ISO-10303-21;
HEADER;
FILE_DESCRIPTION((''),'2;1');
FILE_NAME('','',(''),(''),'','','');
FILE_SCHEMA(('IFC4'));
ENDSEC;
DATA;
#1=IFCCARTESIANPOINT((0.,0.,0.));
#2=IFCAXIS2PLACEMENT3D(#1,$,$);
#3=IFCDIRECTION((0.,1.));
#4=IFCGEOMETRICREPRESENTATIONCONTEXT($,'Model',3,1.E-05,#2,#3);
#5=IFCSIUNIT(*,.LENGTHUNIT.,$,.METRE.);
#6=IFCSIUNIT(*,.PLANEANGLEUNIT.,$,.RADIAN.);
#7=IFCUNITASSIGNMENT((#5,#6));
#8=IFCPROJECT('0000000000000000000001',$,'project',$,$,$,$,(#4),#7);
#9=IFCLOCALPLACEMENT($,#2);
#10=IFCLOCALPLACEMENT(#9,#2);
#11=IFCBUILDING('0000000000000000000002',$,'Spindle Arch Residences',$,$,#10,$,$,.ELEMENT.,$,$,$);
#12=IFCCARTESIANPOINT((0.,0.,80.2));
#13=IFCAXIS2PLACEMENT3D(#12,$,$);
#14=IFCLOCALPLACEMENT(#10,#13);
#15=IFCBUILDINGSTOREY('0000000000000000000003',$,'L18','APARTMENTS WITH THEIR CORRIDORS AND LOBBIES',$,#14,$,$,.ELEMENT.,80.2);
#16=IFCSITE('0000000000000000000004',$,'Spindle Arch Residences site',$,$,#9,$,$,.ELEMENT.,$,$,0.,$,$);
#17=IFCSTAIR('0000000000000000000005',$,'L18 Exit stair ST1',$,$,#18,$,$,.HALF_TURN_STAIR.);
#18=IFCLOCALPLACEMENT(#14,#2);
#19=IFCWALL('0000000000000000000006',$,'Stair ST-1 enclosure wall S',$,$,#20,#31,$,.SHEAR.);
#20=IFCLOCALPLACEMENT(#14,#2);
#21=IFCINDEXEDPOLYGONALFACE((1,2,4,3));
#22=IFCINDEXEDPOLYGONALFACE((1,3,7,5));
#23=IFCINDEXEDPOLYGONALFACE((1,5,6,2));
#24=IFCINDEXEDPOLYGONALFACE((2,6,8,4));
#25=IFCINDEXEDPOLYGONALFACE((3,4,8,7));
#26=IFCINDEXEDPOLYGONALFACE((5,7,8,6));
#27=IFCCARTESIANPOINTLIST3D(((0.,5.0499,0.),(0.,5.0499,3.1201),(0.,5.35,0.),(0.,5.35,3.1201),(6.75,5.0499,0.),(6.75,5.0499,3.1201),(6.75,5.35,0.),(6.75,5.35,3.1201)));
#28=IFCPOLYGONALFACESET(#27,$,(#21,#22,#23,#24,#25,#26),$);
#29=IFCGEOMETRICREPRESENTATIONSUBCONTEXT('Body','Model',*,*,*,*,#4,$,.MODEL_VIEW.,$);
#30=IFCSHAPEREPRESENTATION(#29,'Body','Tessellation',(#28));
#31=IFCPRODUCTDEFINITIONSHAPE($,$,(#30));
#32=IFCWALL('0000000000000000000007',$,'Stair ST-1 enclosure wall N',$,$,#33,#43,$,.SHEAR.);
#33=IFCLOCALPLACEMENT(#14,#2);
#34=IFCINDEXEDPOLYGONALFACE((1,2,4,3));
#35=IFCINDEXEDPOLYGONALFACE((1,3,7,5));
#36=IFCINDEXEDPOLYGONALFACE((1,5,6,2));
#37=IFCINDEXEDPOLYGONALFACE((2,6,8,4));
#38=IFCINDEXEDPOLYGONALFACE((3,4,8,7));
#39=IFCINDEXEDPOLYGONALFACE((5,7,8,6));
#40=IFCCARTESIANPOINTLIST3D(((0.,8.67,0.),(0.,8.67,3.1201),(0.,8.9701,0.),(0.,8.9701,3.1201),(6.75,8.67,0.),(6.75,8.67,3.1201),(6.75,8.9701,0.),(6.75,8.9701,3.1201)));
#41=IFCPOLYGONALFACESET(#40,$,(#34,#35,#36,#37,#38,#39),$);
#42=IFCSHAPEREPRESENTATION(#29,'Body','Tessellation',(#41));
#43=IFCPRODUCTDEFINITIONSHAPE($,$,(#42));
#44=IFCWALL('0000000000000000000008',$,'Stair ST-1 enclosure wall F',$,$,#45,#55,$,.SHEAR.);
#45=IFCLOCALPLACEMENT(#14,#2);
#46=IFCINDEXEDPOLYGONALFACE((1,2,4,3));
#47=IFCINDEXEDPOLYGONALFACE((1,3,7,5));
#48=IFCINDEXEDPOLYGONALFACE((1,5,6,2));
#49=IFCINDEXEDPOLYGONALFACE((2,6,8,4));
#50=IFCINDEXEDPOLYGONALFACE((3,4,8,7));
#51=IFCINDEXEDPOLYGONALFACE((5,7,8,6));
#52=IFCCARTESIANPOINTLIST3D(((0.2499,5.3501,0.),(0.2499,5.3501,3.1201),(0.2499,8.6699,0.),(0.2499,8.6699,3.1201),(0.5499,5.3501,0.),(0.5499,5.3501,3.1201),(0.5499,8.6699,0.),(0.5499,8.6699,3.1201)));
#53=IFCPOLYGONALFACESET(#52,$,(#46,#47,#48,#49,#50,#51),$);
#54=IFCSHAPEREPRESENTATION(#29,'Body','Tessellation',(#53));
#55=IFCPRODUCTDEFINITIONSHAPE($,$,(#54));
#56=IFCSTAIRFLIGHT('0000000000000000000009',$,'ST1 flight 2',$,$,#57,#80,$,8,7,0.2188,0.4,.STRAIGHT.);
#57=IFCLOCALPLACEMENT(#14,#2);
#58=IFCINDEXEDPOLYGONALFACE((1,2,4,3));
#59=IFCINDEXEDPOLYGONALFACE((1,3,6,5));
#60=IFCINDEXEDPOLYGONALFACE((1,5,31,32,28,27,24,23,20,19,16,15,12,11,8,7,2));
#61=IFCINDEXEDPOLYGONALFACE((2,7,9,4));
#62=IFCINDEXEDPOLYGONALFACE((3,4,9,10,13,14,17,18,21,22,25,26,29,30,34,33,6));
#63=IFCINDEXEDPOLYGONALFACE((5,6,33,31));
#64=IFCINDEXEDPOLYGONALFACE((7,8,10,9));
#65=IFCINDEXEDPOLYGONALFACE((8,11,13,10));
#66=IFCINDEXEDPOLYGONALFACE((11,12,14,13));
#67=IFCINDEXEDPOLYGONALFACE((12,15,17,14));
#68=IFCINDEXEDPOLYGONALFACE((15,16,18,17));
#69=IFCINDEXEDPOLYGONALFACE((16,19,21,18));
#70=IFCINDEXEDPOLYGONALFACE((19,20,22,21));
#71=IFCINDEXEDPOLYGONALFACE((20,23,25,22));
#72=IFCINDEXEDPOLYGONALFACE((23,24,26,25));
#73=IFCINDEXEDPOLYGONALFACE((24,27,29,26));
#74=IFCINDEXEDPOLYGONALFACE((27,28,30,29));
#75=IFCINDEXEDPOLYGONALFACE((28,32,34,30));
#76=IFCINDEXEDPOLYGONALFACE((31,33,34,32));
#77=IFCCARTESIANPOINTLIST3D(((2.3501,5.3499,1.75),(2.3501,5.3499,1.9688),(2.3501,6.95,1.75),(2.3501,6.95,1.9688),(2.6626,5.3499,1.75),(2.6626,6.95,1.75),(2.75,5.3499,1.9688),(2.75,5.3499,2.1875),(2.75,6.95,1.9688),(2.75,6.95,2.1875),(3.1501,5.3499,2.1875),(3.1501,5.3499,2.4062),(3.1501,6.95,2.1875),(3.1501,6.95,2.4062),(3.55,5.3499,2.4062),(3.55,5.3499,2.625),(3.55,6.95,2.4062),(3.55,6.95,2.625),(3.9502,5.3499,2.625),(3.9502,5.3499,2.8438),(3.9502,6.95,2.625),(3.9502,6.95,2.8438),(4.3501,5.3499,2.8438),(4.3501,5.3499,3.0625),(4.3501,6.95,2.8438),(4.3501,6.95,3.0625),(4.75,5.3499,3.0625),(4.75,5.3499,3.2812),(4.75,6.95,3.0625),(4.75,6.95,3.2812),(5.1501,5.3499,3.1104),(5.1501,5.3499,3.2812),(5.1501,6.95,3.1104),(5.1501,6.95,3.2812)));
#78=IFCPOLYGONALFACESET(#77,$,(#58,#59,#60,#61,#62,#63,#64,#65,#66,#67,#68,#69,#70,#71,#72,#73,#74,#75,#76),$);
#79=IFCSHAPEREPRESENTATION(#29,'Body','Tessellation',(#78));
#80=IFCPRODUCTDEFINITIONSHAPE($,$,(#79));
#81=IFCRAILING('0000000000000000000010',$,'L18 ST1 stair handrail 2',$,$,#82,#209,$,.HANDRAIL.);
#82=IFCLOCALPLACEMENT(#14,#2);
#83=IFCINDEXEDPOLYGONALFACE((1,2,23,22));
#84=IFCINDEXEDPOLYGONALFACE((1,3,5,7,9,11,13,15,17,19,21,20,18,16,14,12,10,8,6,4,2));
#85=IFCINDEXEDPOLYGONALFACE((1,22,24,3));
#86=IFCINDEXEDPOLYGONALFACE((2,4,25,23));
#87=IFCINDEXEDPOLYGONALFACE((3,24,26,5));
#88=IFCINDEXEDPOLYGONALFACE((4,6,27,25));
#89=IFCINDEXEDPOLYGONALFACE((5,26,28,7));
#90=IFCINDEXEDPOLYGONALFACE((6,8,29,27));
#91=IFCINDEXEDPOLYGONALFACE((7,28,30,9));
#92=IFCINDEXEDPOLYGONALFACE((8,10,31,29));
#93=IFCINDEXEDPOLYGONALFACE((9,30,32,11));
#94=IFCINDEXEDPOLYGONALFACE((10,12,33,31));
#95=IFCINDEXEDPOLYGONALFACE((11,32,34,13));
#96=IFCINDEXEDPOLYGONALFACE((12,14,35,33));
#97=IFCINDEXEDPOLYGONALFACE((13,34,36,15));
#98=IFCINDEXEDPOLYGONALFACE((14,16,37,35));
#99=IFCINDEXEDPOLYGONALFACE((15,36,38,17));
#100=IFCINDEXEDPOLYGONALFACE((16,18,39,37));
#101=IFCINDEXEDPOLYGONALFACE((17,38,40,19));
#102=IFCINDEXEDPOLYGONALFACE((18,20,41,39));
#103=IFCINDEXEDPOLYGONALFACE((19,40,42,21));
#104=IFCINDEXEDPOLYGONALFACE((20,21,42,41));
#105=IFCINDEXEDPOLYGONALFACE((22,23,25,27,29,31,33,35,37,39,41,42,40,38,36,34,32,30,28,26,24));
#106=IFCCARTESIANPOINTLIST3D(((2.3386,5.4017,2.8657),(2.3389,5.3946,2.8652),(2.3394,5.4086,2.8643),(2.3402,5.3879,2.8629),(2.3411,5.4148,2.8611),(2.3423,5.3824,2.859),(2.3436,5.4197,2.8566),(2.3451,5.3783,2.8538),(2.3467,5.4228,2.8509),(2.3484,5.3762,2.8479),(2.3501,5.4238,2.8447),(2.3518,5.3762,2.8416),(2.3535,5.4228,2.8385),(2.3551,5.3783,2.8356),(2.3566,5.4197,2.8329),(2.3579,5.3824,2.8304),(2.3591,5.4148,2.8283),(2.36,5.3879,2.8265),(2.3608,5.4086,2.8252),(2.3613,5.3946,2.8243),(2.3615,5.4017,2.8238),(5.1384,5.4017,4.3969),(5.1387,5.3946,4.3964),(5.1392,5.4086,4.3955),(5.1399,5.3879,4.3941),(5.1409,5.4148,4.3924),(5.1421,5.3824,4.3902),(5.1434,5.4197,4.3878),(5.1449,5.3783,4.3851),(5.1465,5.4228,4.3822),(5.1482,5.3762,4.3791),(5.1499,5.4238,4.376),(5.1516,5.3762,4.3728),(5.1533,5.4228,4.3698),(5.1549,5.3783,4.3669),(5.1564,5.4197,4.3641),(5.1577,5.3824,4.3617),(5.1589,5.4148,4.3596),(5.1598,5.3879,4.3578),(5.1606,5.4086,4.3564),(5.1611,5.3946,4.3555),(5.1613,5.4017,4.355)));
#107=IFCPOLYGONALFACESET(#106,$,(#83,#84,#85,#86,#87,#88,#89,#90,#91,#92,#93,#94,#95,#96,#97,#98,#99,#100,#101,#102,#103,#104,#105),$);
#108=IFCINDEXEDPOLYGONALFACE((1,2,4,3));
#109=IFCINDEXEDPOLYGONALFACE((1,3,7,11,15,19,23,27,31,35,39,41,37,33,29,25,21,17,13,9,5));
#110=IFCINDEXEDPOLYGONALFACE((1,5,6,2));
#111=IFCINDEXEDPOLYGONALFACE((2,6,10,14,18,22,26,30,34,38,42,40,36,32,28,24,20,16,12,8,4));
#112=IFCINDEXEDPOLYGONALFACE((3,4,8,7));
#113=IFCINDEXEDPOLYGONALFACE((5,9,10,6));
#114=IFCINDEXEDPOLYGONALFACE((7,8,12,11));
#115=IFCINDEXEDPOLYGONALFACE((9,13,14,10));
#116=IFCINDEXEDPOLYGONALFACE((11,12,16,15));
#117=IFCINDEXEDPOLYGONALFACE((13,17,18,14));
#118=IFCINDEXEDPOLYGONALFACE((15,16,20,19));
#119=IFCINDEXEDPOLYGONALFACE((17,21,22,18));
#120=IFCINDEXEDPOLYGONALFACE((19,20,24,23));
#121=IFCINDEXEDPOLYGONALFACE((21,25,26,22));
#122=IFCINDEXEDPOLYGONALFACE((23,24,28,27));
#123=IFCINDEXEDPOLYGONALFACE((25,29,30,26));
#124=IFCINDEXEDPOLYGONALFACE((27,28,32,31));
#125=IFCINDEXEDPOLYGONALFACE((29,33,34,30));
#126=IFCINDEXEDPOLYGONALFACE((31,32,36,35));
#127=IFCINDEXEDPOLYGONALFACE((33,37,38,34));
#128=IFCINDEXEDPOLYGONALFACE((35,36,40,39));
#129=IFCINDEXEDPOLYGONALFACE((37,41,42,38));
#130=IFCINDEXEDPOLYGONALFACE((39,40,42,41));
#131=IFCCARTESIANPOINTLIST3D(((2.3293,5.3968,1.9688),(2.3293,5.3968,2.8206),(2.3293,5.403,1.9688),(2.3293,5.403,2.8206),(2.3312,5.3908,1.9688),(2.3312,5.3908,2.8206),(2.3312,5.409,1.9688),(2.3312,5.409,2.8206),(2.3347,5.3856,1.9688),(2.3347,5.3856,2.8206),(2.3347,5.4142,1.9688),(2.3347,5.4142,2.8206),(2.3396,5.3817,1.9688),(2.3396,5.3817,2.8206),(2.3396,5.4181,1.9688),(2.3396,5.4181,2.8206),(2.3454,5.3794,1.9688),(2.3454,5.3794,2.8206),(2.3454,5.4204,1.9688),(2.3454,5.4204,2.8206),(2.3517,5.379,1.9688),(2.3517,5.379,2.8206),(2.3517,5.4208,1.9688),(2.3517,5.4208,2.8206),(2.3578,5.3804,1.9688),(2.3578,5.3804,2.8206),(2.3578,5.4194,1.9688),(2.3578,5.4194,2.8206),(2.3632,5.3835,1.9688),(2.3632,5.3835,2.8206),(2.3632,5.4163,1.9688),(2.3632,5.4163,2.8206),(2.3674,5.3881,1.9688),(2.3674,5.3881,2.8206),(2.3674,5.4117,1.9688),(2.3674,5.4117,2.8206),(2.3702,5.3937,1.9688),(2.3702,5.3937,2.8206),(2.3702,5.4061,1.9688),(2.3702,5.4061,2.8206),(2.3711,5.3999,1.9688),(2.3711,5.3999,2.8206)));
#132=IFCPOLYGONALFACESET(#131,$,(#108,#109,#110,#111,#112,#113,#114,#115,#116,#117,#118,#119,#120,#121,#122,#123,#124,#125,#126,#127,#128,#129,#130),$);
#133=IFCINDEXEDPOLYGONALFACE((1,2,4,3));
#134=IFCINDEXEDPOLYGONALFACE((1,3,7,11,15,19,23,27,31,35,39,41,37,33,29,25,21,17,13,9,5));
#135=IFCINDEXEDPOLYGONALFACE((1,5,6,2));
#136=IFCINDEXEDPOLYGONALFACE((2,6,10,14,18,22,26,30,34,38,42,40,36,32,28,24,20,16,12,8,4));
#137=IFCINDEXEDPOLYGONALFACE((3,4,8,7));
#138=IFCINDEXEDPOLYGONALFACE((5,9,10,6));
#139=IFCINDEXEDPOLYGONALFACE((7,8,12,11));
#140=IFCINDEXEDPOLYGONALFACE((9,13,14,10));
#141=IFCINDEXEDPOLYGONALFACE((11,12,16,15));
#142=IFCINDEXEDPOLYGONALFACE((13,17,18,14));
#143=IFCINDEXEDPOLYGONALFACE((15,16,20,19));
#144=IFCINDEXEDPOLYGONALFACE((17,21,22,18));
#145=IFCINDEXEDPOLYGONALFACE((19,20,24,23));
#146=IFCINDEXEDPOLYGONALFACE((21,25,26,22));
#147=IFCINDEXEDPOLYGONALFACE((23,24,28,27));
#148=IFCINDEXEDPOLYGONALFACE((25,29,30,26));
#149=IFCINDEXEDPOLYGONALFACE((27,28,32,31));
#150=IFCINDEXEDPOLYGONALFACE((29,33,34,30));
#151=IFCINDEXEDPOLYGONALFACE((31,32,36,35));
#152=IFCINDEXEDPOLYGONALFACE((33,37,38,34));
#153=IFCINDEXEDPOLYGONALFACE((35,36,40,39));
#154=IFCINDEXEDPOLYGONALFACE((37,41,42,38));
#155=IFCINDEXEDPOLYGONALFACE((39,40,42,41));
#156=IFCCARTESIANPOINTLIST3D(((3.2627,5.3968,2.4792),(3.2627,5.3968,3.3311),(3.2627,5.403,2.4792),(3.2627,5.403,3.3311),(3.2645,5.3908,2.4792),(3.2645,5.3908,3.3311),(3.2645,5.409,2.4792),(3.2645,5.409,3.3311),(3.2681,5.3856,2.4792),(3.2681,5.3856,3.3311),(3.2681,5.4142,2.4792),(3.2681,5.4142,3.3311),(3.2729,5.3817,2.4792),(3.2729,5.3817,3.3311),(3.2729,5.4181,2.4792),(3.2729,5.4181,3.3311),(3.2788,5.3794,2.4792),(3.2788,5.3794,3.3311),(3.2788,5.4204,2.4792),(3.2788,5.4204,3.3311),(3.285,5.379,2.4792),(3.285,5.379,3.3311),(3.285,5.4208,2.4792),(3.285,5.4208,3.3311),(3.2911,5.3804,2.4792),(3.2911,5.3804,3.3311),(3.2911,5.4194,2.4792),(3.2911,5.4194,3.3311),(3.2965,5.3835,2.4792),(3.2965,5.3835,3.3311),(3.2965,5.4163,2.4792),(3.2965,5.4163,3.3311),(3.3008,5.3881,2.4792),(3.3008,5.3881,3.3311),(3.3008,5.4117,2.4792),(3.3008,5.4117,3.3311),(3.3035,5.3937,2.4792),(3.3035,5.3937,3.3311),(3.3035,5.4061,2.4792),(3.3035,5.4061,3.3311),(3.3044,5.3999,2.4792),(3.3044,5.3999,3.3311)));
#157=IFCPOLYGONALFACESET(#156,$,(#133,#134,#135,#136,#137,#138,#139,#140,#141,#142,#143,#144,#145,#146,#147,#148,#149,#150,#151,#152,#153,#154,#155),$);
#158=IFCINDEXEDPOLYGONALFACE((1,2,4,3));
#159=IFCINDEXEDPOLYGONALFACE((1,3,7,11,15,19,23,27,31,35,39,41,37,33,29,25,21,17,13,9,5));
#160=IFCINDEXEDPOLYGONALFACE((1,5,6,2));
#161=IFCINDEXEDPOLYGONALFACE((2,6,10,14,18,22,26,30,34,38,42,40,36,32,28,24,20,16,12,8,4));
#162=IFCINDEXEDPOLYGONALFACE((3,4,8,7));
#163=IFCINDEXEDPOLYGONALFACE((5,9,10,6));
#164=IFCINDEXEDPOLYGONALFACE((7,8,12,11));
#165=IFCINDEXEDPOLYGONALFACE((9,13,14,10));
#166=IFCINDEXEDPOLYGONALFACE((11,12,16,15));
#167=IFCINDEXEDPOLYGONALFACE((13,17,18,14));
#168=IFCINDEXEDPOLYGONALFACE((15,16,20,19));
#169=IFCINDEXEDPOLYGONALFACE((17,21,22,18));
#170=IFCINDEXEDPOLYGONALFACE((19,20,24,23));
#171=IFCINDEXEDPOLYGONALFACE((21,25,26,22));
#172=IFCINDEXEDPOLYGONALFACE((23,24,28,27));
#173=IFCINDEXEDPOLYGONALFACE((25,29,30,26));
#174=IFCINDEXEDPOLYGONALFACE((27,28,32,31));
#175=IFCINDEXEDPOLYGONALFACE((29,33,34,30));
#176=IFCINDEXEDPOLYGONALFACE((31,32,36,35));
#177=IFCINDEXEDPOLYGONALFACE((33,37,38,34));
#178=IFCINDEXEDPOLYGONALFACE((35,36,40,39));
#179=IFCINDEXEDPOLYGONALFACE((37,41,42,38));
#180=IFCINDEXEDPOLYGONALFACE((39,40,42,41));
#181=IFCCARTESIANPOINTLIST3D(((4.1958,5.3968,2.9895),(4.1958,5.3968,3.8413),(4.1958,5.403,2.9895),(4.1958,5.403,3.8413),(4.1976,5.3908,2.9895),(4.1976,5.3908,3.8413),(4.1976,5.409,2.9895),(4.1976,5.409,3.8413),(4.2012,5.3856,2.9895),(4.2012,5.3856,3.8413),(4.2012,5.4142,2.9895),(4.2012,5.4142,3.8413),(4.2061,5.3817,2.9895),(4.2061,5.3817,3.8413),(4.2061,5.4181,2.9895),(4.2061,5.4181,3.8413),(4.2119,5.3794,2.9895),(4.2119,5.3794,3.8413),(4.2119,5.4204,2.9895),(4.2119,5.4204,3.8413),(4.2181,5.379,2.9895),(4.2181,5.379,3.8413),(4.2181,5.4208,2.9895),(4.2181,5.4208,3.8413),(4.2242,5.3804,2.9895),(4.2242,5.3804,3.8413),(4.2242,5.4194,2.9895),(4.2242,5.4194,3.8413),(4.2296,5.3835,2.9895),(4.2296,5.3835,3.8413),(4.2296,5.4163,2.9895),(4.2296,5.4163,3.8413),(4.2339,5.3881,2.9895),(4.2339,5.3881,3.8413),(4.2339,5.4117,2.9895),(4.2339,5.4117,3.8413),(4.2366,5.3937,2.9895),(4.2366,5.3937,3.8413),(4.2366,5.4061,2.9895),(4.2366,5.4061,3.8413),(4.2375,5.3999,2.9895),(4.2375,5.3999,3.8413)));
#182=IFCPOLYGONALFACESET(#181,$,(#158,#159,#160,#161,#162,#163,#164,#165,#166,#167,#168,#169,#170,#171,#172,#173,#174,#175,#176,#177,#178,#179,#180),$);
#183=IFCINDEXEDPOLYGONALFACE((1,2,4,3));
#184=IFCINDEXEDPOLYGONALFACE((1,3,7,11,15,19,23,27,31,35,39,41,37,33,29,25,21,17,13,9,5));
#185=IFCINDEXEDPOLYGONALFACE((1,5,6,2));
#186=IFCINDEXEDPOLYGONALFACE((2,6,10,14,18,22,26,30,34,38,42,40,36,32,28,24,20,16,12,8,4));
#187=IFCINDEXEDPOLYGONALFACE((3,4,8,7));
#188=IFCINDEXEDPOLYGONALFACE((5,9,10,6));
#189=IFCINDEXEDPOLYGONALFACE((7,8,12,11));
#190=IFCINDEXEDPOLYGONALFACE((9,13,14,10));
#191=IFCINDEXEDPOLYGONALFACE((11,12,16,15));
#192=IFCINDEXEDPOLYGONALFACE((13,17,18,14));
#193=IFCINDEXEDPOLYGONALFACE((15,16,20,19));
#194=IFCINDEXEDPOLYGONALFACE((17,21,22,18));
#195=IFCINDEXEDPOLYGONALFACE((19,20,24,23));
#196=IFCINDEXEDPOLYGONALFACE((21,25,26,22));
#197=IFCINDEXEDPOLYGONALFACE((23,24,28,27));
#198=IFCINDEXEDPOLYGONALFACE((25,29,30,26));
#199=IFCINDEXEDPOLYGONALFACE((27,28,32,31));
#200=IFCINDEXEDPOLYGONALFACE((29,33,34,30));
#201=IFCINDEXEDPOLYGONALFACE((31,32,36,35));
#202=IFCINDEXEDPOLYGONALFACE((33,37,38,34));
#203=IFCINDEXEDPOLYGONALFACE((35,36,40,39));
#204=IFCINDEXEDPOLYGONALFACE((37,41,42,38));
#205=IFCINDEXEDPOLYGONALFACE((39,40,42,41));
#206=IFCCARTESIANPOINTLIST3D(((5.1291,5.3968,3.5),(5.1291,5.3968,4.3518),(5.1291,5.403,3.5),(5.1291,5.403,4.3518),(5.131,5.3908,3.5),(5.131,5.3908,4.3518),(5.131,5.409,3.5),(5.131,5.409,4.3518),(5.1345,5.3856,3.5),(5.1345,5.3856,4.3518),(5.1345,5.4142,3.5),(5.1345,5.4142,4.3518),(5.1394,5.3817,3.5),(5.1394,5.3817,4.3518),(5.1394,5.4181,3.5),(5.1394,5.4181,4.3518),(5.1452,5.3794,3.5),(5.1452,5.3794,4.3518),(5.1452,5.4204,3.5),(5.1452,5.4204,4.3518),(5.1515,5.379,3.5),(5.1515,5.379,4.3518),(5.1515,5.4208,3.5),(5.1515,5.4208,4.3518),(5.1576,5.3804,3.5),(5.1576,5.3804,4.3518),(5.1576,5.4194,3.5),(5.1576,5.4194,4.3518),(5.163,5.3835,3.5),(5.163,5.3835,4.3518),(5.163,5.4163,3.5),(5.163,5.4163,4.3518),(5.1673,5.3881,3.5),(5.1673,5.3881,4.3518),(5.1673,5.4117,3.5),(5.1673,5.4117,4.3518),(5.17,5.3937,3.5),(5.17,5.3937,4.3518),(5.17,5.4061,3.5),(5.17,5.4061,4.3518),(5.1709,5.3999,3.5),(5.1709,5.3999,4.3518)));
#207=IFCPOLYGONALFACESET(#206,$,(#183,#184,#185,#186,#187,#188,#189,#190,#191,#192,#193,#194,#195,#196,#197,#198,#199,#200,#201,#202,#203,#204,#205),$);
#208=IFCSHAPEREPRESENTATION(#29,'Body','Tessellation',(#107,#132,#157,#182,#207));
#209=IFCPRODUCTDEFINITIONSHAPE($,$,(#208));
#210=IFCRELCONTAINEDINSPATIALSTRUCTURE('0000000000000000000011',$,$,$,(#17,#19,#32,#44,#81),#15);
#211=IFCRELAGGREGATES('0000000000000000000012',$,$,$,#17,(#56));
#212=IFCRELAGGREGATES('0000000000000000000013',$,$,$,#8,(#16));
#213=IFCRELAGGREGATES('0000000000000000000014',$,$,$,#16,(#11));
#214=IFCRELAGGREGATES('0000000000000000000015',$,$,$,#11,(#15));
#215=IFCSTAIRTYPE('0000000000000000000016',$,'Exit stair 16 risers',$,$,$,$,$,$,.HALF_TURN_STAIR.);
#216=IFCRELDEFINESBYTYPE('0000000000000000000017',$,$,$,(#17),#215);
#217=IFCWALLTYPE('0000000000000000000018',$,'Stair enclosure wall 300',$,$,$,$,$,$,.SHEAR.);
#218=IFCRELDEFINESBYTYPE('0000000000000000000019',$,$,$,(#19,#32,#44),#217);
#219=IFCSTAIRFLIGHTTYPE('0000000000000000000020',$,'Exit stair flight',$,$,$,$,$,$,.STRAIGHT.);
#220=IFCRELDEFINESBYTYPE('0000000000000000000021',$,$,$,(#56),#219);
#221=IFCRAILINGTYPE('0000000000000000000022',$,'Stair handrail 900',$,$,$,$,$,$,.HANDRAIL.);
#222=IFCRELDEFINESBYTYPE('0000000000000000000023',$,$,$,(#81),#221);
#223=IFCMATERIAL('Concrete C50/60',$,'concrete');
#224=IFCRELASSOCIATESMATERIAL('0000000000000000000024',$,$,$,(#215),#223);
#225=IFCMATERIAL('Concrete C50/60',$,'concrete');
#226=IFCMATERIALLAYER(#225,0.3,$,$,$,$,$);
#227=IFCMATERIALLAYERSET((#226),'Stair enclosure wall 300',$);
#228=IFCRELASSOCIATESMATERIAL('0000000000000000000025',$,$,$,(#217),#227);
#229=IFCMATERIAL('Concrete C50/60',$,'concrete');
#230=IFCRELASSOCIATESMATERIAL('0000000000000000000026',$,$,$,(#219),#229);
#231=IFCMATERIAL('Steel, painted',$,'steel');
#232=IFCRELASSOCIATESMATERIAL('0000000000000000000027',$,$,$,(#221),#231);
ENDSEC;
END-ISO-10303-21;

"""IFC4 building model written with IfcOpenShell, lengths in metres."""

from ifc_helpers import new_model, si_unit, direction, frame, frame_2d, origin, origin_2d, place, context, subcontext, project, spatial, polyline, rectangle, circle, outline, extrude, material, layer, layer_set, type_object, element, aggregate, save


model = new_model("IFC4")

# Units and contexts
model_context = context("Model", 3, precision=1e-05, world=origin(), true_north=direction((0.0, 1.0)))
body_context = subcontext(model_context, "Body", "Model", "MODEL_VIEW")
ifc_project = project(units=[si_unit("LENGTHUNIT", "METRE"), si_unit("PLANEANGLEUNIT", "RADIAN")], contexts=[model_context])

# Site, building, storey
site_placement = place(None, origin())
site = spatial("IfcSite", under=ifc_project, at=site_placement, Name="Spindle Arch Residences site", CompositionType="ELEMENT", RefElevation=0.0)
building_placement = place(site_placement, origin())
building = spatial("IfcBuilding", under=site, at=building_placement, Name="Spindle Arch Residences", CompositionType="ELEMENT")
storey_placement = place(building_placement, frame((0.0, 0.0, 80.2)))
storey = spatial("IfcBuildingStorey", under=building, at=storey_placement, Name="L18", Description="APARTMENTS WITH THEIR CORRIDORS AND LOBBIES", CompositionType="ELEMENT", Elevation=80.2)

# Stair
ifc_material_1 = material(Name="Concrete C50/60", Category="concrete")
stair_type = type_object("IfcStairType", Name="Exit stair 16 risers", PredefinedType="HALF_TURN_STAIR", material=ifc_material_1)
stair_1_placement = place(storey_placement, origin())
stair_1 = element("IfcStair", 1, at=stair_1_placement, inside=storey, type_object=stair_type, Name="L18 Exit stair ST1", PredefinedType="HALF_TURN_STAIR")

# Walls
ifc_material_2 = material(Name="Concrete C50/60", Category="concrete")
ifc_layer_1 = layer(ifc_material_2, 0.3)
ifc_layer_set_1 = layer_set([ifc_layer_1], Name="Stair enclosure wall 300")
wall_type_1 = type_object("IfcWallType", Name="Stair enclosure wall 300", PredefinedType="SHEAR", material=ifc_layer_set_1)
for number, where, z_axis, x_axis, name in (
    (2, (0.0, 5.2, 0.0), (0.0, 0.0, 1.0), (1.0, 0.0, 0.0), "Stair ST-1 enclosure wall S"),
    (3, (0.0, 8.8201, 0.0), (0.0, 0.0, 1.0), (1.0, 0.0, 0.0), "Stair ST-1 enclosure wall N"),
):
    element("IfcWall", number, at=place(storey_placement, frame(where, z_axis=z_axis, x_axis=x_axis)), inside=storey, type_object=wall_type_1, Name=name, PredefinedType="SHEAR", context=body_context, shape_type="SweptSolid", body=[
        extrude(rectangle(XDim=6.75, YDim=0.3, at=frame_2d((3.375, 0.0))), origin(), (0.0, 0.0, 1.0), 3.1201),
    ])
wall_1_placement = place(storey_placement, frame((0.3999, 5.3501, 0.0), z_axis=(0.0, 0.0, 1.0), x_axis=(0.0, 1.0, 0.0)))
element("IfcWall", 4, at=wall_1_placement, inside=storey, type_object=wall_type_1, Name="Stair ST-1 enclosure wall F", PredefinedType="SHEAR", context=body_context, shape_type="SweptSolid", body=[
    extrude(rectangle(XDim=3.3198, YDim=0.3, at=frame_2d((1.6599, 0.0))), origin(), (0.0, 0.0, 1.0), 3.1201),
])

# Stair flight
ifc_material_3 = material(Name="Concrete C50/60", Category="concrete")
stair_flight_type = type_object("IfcStairFlightType", Name="Exit stair flight", PredefinedType="STRAIGHT", material=ifc_material_3)
stair_flight_placement = place(storey_placement, frame((2.3501, 6.1499, 1.75), z_axis=(0.0, 0.0, 1.0), x_axis=(1.0, 0.0, 0.0)))
stair_flight = element("IfcStairFlight", 5, at=stair_flight_placement, type_object=stair_flight_type, Name="ST1 flight 2", NumberOfRisers=8, NumberOfTreads=7, PredefinedType="STRAIGHT", RiserHeight=0.2188, TreadLength=0.4, context=body_context, shape_type="SweptSolid", body=[
    extrude(outline(polyline([(0.0, 0.0), (0.0, 0.2188), (0.3999, 0.2188), (0.3999, 0.4375), (0.8, 0.4375), (0.8, 0.6562), (1.2, 0.6562), (1.2, 0.875), (1.6001, 0.875), (1.6001, 1.0938), (2.0, 1.0938), (2.0, 1.3125), (2.3999, 1.3125), (2.3999, 1.5312), (2.8, 1.5312), (2.8, 1.75), (2.8, 1.3604), (0.3125, 0.0), (0.0, 0.0)])), frame((0.0, 0.8, 0.0), z_axis=(0.0, -1.0, 0.0), x_axis=(1.0, 0.0, 0.0)), (0.0, 0.0, 1.0), 1.6001),
])
aggregate(stair_1, [stair_flight])

# Railing
ifc_material_4 = material(Name="Steel, painted", Category="steel")
railing_type = type_object("IfcRailingType", Name="Stair handrail 900", PredefinedType="HANDRAIL", material=ifc_material_4)
railing_placement = place(storey_placement, frame((2.3501, 5.3999, 1.9688)))
element("IfcRailing", 6, at=railing_placement, inside=storey, type_object=railing_type, Name="L18 ST1 stair handrail 2", PredefinedType="HANDRAIL", context=body_context, shape_type="SweptSolid", body=[
    extrude(circle(Radius=0.0239, at=origin_2d()), frame((0.0, 0.0, 0.876), z_axis=(0.877357, 0.0, 0.479838), x_axis=(0.0, 1.0, 0.0)), (0.0, 0.0, 1.0), 3.1912),
    extrude(circle(Radius=0.021, at=origin_2d()), origin(), (0.0, 0.0, 1.0), 0.8518),
    extrude(circle(Radius=0.021, at=origin_2d()), frame((0.9333, 0.0, 0.5105)), (0.0, 0.0, 1.0), 0.8518),
    extrude(circle(Radius=0.021, at=origin_2d()), frame((1.8665, 0.0, 1.0208)), (0.0, 0.0, 1.0), 0.8518),
    extrude(circle(Radius=0.021, at=origin_2d()), frame((2.7998, 0.0, 1.5312)), (0.0, 0.0, 1.0), 0.8518),
])

save(model, "model.ifc")
